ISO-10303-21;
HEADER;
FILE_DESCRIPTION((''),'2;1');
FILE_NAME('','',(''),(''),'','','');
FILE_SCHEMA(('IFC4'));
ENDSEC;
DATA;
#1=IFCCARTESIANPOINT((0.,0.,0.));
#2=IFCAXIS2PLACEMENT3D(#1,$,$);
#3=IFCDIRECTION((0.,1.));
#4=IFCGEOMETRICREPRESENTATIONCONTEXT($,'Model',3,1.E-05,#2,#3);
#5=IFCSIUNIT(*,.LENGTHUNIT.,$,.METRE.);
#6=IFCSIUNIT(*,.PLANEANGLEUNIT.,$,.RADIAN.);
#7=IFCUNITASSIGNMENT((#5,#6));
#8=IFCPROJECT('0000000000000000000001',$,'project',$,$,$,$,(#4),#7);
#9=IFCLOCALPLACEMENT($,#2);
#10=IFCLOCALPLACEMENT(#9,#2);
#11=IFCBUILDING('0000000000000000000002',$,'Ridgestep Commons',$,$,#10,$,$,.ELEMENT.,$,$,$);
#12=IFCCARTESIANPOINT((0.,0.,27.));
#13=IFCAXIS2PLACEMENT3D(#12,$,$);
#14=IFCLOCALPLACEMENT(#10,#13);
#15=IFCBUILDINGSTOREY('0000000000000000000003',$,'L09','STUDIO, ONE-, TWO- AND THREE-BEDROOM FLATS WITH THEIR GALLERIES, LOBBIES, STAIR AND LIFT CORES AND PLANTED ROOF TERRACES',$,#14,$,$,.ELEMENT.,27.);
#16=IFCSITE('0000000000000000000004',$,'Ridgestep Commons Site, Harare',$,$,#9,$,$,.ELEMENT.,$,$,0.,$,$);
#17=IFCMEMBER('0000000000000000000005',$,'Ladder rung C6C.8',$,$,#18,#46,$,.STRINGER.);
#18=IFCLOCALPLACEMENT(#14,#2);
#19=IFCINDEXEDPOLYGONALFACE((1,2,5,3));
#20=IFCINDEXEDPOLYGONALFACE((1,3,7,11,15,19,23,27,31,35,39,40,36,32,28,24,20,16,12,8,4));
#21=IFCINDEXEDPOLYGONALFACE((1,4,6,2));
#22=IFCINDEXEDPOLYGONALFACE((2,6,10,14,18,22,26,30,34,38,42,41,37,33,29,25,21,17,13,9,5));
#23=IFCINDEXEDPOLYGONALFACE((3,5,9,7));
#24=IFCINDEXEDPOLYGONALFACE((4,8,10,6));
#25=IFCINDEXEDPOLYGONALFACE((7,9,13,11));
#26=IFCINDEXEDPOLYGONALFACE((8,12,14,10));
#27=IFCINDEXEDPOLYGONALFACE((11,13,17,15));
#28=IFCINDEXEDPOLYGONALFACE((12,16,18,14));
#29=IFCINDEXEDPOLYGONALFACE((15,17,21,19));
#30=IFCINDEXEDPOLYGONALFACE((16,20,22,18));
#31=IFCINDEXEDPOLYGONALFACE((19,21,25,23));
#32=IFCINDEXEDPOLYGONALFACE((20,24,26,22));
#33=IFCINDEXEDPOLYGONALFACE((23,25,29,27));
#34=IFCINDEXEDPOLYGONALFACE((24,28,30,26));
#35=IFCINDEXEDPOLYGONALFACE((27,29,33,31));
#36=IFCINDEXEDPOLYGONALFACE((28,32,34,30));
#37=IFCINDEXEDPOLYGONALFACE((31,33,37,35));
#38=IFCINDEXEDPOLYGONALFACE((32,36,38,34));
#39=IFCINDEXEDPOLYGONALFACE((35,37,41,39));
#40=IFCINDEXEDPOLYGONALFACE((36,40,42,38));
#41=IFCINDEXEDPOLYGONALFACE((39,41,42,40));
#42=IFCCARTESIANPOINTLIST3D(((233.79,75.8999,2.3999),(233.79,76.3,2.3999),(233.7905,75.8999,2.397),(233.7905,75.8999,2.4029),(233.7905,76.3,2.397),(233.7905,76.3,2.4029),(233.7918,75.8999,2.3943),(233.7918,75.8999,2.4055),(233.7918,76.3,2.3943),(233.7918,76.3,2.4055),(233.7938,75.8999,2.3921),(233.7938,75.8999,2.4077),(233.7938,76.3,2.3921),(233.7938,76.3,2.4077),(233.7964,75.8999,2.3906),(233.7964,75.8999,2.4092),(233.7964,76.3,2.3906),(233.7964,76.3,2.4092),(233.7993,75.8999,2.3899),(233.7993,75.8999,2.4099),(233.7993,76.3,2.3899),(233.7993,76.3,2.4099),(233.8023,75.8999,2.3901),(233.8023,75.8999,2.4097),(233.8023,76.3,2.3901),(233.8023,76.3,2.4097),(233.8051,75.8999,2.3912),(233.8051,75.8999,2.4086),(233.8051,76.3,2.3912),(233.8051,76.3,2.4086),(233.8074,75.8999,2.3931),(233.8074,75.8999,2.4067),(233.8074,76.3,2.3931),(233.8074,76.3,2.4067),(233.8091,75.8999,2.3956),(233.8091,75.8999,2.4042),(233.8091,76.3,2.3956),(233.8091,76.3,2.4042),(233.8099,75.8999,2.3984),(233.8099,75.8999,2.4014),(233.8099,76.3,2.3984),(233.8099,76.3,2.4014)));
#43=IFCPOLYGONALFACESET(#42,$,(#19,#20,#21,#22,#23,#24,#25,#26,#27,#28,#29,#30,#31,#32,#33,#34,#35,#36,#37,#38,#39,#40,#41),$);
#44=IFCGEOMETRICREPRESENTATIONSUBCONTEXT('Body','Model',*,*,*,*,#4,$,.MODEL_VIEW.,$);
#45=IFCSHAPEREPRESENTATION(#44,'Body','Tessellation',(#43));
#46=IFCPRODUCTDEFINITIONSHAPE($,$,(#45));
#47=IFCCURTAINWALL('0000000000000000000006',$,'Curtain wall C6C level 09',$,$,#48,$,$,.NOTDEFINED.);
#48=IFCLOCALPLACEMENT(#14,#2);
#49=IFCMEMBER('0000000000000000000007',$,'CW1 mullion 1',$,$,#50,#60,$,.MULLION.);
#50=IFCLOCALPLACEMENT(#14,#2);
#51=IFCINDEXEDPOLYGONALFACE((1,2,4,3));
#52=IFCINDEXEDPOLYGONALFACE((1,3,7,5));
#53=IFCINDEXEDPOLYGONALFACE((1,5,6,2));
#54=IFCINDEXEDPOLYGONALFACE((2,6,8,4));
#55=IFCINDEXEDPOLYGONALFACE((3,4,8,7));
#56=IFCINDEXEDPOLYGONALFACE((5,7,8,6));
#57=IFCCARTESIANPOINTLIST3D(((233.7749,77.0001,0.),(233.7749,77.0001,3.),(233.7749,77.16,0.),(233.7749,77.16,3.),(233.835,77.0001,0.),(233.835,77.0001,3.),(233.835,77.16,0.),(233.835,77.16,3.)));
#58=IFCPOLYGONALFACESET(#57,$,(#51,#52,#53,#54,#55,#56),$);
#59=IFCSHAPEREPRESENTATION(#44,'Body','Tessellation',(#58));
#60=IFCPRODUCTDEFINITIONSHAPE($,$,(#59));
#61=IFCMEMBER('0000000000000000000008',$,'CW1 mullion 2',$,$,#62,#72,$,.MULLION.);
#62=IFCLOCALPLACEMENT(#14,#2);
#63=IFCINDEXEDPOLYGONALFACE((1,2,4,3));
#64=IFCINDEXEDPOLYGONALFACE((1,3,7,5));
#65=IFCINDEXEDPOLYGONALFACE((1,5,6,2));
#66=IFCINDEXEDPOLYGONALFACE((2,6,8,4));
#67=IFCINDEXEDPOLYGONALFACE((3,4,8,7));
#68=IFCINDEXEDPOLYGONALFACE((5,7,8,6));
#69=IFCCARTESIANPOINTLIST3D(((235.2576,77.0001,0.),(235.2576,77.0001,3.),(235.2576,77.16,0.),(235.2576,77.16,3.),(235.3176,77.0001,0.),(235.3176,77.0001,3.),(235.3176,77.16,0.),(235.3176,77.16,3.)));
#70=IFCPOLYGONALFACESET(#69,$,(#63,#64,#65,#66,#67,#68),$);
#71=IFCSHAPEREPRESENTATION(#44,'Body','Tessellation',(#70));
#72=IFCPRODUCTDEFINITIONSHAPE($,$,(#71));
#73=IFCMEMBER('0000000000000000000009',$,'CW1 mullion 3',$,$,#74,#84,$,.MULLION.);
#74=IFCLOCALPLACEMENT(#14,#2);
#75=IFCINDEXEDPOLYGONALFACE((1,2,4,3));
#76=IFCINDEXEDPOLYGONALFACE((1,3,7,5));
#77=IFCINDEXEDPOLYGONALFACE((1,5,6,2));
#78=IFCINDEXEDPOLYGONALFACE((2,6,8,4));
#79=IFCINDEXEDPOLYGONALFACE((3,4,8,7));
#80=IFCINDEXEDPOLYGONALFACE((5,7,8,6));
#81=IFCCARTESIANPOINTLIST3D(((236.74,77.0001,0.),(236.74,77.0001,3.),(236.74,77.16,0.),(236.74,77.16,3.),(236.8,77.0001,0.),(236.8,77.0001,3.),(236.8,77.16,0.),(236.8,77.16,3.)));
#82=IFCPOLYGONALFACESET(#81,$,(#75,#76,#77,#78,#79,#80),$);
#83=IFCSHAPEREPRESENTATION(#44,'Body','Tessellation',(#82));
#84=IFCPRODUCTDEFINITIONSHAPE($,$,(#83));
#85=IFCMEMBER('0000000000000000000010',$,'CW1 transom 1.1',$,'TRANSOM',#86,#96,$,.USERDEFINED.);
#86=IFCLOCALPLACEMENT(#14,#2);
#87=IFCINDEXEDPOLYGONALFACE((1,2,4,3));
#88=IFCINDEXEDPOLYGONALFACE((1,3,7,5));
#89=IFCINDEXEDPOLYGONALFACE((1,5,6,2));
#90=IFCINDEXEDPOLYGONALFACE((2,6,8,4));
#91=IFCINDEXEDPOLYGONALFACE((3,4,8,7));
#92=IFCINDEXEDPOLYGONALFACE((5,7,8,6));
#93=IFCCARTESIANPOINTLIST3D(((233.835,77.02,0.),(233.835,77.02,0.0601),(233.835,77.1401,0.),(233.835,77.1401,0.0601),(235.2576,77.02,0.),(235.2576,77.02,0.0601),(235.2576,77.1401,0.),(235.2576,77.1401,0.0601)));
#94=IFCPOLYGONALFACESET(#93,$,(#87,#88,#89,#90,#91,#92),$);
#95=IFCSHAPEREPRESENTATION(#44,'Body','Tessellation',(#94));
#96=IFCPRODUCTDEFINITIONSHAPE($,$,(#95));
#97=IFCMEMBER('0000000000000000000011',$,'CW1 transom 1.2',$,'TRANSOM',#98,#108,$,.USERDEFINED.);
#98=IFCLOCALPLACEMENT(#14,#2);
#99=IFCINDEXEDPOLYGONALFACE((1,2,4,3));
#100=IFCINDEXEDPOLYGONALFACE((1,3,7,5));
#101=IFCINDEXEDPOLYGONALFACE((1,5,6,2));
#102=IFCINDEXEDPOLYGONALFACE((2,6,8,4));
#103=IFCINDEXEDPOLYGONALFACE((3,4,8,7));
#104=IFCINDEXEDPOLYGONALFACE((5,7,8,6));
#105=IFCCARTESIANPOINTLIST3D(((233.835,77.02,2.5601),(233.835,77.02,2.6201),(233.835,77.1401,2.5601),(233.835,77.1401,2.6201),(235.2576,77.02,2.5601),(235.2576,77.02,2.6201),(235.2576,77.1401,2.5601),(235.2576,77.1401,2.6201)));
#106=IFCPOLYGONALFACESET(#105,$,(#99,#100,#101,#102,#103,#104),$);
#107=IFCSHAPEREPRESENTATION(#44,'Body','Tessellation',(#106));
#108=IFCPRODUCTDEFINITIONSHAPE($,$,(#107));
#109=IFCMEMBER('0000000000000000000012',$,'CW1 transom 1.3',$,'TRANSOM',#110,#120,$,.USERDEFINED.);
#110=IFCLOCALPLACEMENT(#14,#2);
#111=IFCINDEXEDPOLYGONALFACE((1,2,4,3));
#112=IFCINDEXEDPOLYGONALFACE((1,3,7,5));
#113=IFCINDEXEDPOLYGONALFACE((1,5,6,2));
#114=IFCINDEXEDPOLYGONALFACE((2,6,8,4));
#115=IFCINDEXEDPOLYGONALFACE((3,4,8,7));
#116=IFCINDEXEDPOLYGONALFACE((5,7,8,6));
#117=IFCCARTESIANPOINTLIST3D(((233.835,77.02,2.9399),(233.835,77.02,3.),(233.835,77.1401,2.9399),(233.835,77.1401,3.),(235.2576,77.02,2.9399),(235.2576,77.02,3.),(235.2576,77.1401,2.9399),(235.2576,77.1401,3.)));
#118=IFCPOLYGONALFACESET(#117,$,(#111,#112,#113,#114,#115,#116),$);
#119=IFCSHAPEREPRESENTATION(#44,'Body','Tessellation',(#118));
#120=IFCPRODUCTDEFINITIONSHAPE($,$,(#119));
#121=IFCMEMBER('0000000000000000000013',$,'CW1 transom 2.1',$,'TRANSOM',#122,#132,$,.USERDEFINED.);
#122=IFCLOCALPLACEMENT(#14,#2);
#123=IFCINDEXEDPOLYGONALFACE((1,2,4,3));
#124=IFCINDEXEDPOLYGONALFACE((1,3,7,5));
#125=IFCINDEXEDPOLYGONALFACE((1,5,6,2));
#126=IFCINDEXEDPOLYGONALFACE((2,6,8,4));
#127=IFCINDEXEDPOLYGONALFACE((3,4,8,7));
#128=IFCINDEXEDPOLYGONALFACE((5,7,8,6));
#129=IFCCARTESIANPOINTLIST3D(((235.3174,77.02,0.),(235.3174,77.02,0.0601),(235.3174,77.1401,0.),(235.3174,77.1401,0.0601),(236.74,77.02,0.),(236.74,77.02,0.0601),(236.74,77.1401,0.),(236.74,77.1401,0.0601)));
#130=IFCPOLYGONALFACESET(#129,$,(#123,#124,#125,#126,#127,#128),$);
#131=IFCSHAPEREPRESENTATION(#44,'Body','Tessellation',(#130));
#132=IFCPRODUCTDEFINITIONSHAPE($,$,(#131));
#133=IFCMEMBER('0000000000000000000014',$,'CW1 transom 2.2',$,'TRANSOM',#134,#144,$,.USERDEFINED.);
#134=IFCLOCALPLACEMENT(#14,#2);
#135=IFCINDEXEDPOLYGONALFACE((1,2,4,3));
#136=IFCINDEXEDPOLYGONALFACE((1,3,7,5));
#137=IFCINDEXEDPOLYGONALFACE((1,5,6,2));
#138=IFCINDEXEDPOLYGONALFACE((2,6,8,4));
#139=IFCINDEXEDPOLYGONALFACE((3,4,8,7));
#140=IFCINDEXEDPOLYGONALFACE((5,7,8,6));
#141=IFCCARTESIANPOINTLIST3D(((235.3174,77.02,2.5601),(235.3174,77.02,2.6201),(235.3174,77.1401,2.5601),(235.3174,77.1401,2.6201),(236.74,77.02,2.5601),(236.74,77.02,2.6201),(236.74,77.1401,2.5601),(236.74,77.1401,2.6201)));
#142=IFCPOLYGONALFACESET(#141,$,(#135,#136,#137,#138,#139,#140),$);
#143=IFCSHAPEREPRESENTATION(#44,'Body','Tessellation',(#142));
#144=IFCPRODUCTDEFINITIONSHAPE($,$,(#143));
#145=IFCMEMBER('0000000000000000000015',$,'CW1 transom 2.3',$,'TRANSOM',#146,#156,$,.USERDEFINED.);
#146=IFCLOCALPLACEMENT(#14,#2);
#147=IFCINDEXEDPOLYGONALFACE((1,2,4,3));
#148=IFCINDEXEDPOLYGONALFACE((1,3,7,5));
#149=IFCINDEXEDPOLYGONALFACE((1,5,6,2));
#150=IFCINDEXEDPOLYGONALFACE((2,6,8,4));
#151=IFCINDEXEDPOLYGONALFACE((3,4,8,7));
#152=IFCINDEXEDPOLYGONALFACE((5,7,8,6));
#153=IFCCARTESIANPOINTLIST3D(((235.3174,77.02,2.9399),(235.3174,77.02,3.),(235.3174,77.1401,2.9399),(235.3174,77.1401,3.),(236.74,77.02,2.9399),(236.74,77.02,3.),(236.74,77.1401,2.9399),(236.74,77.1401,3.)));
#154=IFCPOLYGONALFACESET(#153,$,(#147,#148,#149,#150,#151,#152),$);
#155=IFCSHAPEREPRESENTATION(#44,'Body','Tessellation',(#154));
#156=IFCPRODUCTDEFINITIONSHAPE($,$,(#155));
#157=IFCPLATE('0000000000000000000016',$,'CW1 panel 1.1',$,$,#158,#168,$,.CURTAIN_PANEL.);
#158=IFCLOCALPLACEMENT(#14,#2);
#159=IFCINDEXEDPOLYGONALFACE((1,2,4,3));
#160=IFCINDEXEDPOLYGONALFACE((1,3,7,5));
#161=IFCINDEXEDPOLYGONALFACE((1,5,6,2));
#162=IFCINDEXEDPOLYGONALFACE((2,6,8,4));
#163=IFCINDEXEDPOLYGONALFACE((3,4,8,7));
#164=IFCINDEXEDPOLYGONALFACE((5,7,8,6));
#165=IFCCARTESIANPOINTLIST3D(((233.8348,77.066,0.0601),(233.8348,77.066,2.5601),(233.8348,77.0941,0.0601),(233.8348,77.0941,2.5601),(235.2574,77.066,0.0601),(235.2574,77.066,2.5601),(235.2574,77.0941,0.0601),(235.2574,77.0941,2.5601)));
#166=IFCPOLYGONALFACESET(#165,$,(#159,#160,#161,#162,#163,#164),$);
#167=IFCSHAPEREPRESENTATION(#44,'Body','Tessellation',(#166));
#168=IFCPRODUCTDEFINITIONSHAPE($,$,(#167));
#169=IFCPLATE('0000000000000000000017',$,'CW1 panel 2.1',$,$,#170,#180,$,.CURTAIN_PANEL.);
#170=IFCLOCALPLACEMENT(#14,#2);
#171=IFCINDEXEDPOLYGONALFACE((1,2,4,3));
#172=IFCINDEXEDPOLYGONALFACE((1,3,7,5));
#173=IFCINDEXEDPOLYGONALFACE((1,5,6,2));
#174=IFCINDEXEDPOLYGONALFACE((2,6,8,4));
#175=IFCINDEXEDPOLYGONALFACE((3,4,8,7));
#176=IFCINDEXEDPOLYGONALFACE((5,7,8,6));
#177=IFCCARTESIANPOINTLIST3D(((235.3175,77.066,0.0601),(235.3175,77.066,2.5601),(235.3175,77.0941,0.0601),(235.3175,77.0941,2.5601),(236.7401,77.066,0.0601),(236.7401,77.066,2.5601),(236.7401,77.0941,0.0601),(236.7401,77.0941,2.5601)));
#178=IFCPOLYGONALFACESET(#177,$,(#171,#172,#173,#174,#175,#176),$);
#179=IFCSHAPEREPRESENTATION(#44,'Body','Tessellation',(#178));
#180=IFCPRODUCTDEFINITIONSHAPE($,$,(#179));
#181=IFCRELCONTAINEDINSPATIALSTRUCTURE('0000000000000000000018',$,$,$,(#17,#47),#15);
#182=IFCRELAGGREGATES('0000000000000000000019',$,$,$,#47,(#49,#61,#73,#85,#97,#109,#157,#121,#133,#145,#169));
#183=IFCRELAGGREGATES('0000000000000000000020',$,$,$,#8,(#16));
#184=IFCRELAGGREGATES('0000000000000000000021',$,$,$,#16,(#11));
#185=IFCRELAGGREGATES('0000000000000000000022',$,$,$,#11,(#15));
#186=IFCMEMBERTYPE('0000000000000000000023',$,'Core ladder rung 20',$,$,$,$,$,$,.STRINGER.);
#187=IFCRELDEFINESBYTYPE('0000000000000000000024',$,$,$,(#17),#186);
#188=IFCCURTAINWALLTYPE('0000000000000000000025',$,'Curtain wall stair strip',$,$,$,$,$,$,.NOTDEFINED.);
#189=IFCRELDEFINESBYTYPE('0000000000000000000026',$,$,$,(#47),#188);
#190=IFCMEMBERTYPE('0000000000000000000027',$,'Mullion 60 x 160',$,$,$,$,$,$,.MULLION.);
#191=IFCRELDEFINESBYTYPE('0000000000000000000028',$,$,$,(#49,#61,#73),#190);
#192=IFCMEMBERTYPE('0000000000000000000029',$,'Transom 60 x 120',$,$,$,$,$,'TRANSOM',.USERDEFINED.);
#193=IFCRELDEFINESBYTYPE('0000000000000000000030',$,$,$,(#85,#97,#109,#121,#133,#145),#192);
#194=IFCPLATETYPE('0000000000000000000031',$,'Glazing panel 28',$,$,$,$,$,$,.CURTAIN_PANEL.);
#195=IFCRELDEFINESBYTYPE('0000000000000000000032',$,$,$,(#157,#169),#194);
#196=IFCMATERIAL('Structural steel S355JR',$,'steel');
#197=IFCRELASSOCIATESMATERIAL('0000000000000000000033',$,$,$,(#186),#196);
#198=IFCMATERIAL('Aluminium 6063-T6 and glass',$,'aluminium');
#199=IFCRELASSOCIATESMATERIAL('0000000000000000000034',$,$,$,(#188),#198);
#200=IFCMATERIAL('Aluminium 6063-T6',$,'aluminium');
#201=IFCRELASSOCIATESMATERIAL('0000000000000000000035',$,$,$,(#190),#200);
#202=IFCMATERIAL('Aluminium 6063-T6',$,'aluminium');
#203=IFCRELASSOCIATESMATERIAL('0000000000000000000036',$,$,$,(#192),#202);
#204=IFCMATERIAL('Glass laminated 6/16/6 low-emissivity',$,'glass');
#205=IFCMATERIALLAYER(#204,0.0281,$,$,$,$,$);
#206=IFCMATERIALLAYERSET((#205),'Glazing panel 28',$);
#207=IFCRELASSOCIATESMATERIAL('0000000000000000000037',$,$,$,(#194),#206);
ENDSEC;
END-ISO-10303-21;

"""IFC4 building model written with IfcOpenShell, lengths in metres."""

from ifc_helpers import new_model, si_unit, direction, frame, origin, origin_2d, place, context, subcontext, project, spatial, rectangle, circle, extrude, material, layer, layer_set, material_profile, profile_set, type_object, element, aggregate, save


model = new_model("IFC4")

# Units and contexts
model_context = context("Model", 3, precision=1e-05, world=origin(), true_north=direction((0.0, 1.0)))
body_context = subcontext(model_context, "Body", "Model", "MODEL_VIEW")
ifc_project = project(units=[si_unit("LENGTHUNIT", "METRE"), si_unit("PLANEANGLEUNIT", "RADIAN")], contexts=[model_context])

# Site, building, storey
site_placement = place(None, origin())
site = spatial("IfcSite", under=ifc_project, at=site_placement, Name="Ridgestep Commons Site, Harare", CompositionType="ELEMENT", RefElevation=0.0)
building_placement = place(site_placement, origin())
building = spatial("IfcBuilding", under=site, at=building_placement, Name="Ridgestep Commons", CompositionType="ELEMENT")
storey_placement = place(building_placement, frame((0.0, 0.0, 27.0)))
storey = spatial("IfcBuildingStorey", under=building, at=storey_placement, Name="L09", Description="STUDIO, ONE-, TWO- AND THREE-BEDROOM FLATS WITH THEIR GALLERIES, LOBBIES, STAIR AND LIFT CORES AND PLANTED ROOF TERRACES", CompositionType="ELEMENT", Elevation=27.0)

# Member
ifc_material_1 = material(Name="Structural steel S355JR", Category="steel")
ifc_material_profile_1 = material_profile(ifc_material_1, circle(Radius=0.01, at=origin_2d()), Name="Round bar 20")
ifc_profile_set_1 = profile_set([ifc_material_profile_1], Name="Structural steel S355JR")
member_type_1 = type_object("IfcMemberType", Name="Core ladder rung 20", PredefinedType="STRINGER", material=ifc_profile_set_1)
for number, where, z_axis, x_axis, name in (
    (1, (233.8, 75.8999, 2.3999), (0.0, 1.0, 0.0), (-1.0, 0.0, 0.0), "Ladder rung C6C.8"),
):
    element("IfcMember", number, at=place(storey_placement, frame(where, z_axis=z_axis, x_axis=x_axis)), inside=storey, type_object=member_type_1, Name=name, PredefinedType="STRINGER", context=body_context, shape_type="SweptSolid", body=[
        extrude(circle(Radius=0.01, at=origin_2d()), origin(), (0.0, 0.0, 1.0), 0.4001),
    ])

# Curtain wall, members, plates
ifc_material_2 = material(Name="Aluminium 6063-T6 and glass", Category="aluminium")
curtain_wall_type = type_object("IfcCurtainWallType", Name="Curtain wall stair strip", PredefinedType="NOTDEFINED", material=ifc_material_2)
curtain_wall_placement = place(storey_placement, origin())
curtain_wall = element("IfcCurtainWall", 2, at=curtain_wall_placement, inside=storey, type_object=curtain_wall_type, Name="Curtain wall C6C level 09", PredefinedType="NOTDEFINED")
ifc_material_3 = material(Name="Aluminium 6063-T6", Category="aluminium")
ifc_material_profile_2 = material_profile(ifc_material_3, rectangle(XDim=0.1599, YDim=0.0601, at=origin_2d()), Name="Mullion 60 x 160")
ifc_profile_set_2 = profile_set([ifc_material_profile_2], Name="Aluminium 6063-T6")
member_type_2 = type_object("IfcMemberType", Name="Mullion 60 x 160", PredefinedType="MULLION", material=ifc_profile_set_2)
member_1_placement = place(storey_placement, frame((233.8049, 77.0801, 0.0), z_axis=(0.0, 0.0, 1.0), x_axis=(0.0, 1.0, 0.0)))
member_1 = element("IfcMember", 3, at=member_1_placement, type_object=member_type_2, Name="CW1 mullion 1", PredefinedType="MULLION", context=body_context, shape_type="SweptSolid", body=[
    extrude(rectangle(XDim=0.1599, YDim=0.0601, at=origin_2d()), origin(), (0.0, 0.0, 1.0), 3.0),
])
member_2_placement = place(storey_placement, frame((235.2876, 77.0801, 0.0), z_axis=(0.0, 0.0, 1.0), x_axis=(0.0, 1.0, 0.0)))
member_2 = element("IfcMember", 4, at=member_2_placement, type_object=member_type_2, Name="CW1 mullion 2", PredefinedType="MULLION", context=body_context, shape_type="SweptSolid", body=[
    extrude(rectangle(XDim=0.1599, YDim=0.0601, at=origin_2d()), origin(), (0.0, 0.0, 1.0), 3.0),
])
member_3_placement = place(storey_placement, frame((236.77, 77.0801, 0.0), z_axis=(0.0, 0.0, 1.0), x_axis=(0.0, 1.0, 0.0)))
member_3 = element("IfcMember", 5, at=member_3_placement, type_object=member_type_2, Name="CW1 mullion 3", PredefinedType="MULLION", context=body_context, shape_type="SweptSolid", body=[
    extrude(rectangle(XDim=0.1599, YDim=0.0601, at=origin_2d()), origin(), (0.0, 0.0, 1.0), 3.0),
])
ifc_material_4 = material(Name="Aluminium 6063-T6", Category="aluminium")
ifc_material_profile_3 = material_profile(ifc_material_4, rectangle(XDim=0.1201, YDim=0.0601, at=origin_2d()), Name="Transom 60 x 120")
ifc_profile_set_3 = profile_set([ifc_material_profile_3], Name="Aluminium 6063-T6")
member_type_3 = type_object("IfcMemberType", Name="Transom 60 x 120", ElementType="TRANSOM", PredefinedType="USERDEFINED", material=ifc_profile_set_3)
member_4_placement = place(storey_placement, frame((233.835, 77.0801, 0.03), z_axis=(1.0, 0.0, 0.0), x_axis=(0.0, 1.0, 0.0)))
member_4 = element("IfcMember", 6, at=member_4_placement, type_object=member_type_3, Name="CW1 transom 1.1", ObjectType="TRANSOM", PredefinedType="USERDEFINED", context=body_context, shape_type="SweptSolid", body=[
    extrude(rectangle(XDim=0.1201, YDim=0.0601, at=origin_2d()), origin(), (0.0, 0.0, 1.0), 1.4226),
])
member_5_placement = place(storey_placement, frame((233.835, 77.0801, 2.5901), z_axis=(1.0, 0.0, 0.0), x_axis=(0.0, 1.0, 0.0)))
member_5 = element("IfcMember", 7, at=member_5_placement, type_object=member_type_3, Name="CW1 transom 1.2", ObjectType="TRANSOM", PredefinedType="USERDEFINED", context=body_context, shape_type="SweptSolid", body=[
    extrude(rectangle(XDim=0.1201, YDim=0.0601, at=origin_2d()), origin(), (0.0, 0.0, 1.0), 1.4226),
])
member_6_placement = place(storey_placement, frame((233.835, 77.0801, 2.97), z_axis=(1.0, 0.0, 0.0), x_axis=(0.0, 1.0, 0.0)))
member_6 = element("IfcMember", 8, at=member_6_placement, type_object=member_type_3, Name="CW1 transom 1.3", ObjectType="TRANSOM", PredefinedType="USERDEFINED", context=body_context, shape_type="SweptSolid", body=[
    extrude(rectangle(XDim=0.1201, YDim=0.0601, at=origin_2d()), origin(), (0.0, 0.0, 1.0), 1.4226),
])
member_7_placement = place(storey_placement, frame((235.3174, 77.0801, 0.03), z_axis=(1.0, 0.0, 0.0), x_axis=(0.0, 1.0, 0.0)))
member_7 = element("IfcMember", 9, at=member_7_placement, type_object=member_type_3, Name="CW1 transom 2.1", ObjectType="TRANSOM", PredefinedType="USERDEFINED", context=body_context, shape_type="SweptSolid", body=[
    extrude(rectangle(XDim=0.1201, YDim=0.0601, at=origin_2d()), origin(), (0.0, 0.0, 1.0), 1.4226),
])
member_8_placement = place(storey_placement, frame((235.3174, 77.0801, 2.5901), z_axis=(1.0, 0.0, 0.0), x_axis=(0.0, 1.0, 0.0)))
member_8 = element("IfcMember", 10, at=member_8_placement, type_object=member_type_3, Name="CW1 transom 2.2", ObjectType="TRANSOM", PredefinedType="USERDEFINED", context=body_context, shape_type="SweptSolid", body=[
    extrude(rectangle(XDim=0.1201, YDim=0.0601, at=origin_2d()), origin(), (0.0, 0.0, 1.0), 1.4226),
])
member_9_placement = place(storey_placement, frame((235.3174, 77.0801, 2.97), z_axis=(1.0, 0.0, 0.0), x_axis=(0.0, 1.0, 0.0)))
member_9 = element("IfcMember", 11, at=member_9_placement, type_object=member_type_3, Name="CW1 transom 2.3", ObjectType="TRANSOM", PredefinedType="USERDEFINED", context=body_context, shape_type="SweptSolid", body=[
    extrude(rectangle(XDim=0.1201, YDim=0.0601, at=origin_2d()), origin(), (0.0, 0.0, 1.0), 1.4226),
])
ifc_material_5 = material(Name="Glass laminated 6/16/6 low-emissivity", Category="glass")
ifc_layer_1 = layer(ifc_material_5, 0.0281)
ifc_layer_set_1 = layer_set([ifc_layer_1], Name="Glazing panel 28")
plate_type_1 = type_object("IfcPlateType", Name="Glazing panel 28", PredefinedType="CURTAIN_PANEL", material=ifc_layer_set_1)
plate_1_placement = place(storey_placement, frame((234.5461, 77.0801, 0.0601), z_axis=(0.0, 0.0, 1.0), x_axis=(1.0, 0.0, 0.0)))
plate_1 = element("IfcPlate", 12, at=plate_1_placement, type_object=plate_type_1, Name="CW1 panel 1.1", PredefinedType="CURTAIN_PANEL", context=body_context, shape_type="SweptSolid", body=[
    extrude(rectangle(XDim=1.4226, YDim=0.0281, at=origin_2d()), origin(), (0.0, 0.0, 1.0), 2.5),
])
plate_2_placement = place(storey_placement, frame((236.0288, 77.0801, 0.0601), z_axis=(0.0, 0.0, 1.0), x_axis=(1.0, 0.0, 0.0)))
plate_2 = element("IfcPlate", 13, at=plate_2_placement, type_object=plate_type_1, Name="CW1 panel 2.1", PredefinedType="CURTAIN_PANEL", context=body_context, shape_type="SweptSolid", body=[
    extrude(rectangle(XDim=1.4226, YDim=0.0281, at=origin_2d()), origin(), (0.0, 0.0, 1.0), 2.5),
])
aggregate(curtain_wall, [member_1, member_2, member_3, member_4, member_5, member_6, plate_1, member_7, member_8, member_9, plate_2])

save(model, "model.ifc")
